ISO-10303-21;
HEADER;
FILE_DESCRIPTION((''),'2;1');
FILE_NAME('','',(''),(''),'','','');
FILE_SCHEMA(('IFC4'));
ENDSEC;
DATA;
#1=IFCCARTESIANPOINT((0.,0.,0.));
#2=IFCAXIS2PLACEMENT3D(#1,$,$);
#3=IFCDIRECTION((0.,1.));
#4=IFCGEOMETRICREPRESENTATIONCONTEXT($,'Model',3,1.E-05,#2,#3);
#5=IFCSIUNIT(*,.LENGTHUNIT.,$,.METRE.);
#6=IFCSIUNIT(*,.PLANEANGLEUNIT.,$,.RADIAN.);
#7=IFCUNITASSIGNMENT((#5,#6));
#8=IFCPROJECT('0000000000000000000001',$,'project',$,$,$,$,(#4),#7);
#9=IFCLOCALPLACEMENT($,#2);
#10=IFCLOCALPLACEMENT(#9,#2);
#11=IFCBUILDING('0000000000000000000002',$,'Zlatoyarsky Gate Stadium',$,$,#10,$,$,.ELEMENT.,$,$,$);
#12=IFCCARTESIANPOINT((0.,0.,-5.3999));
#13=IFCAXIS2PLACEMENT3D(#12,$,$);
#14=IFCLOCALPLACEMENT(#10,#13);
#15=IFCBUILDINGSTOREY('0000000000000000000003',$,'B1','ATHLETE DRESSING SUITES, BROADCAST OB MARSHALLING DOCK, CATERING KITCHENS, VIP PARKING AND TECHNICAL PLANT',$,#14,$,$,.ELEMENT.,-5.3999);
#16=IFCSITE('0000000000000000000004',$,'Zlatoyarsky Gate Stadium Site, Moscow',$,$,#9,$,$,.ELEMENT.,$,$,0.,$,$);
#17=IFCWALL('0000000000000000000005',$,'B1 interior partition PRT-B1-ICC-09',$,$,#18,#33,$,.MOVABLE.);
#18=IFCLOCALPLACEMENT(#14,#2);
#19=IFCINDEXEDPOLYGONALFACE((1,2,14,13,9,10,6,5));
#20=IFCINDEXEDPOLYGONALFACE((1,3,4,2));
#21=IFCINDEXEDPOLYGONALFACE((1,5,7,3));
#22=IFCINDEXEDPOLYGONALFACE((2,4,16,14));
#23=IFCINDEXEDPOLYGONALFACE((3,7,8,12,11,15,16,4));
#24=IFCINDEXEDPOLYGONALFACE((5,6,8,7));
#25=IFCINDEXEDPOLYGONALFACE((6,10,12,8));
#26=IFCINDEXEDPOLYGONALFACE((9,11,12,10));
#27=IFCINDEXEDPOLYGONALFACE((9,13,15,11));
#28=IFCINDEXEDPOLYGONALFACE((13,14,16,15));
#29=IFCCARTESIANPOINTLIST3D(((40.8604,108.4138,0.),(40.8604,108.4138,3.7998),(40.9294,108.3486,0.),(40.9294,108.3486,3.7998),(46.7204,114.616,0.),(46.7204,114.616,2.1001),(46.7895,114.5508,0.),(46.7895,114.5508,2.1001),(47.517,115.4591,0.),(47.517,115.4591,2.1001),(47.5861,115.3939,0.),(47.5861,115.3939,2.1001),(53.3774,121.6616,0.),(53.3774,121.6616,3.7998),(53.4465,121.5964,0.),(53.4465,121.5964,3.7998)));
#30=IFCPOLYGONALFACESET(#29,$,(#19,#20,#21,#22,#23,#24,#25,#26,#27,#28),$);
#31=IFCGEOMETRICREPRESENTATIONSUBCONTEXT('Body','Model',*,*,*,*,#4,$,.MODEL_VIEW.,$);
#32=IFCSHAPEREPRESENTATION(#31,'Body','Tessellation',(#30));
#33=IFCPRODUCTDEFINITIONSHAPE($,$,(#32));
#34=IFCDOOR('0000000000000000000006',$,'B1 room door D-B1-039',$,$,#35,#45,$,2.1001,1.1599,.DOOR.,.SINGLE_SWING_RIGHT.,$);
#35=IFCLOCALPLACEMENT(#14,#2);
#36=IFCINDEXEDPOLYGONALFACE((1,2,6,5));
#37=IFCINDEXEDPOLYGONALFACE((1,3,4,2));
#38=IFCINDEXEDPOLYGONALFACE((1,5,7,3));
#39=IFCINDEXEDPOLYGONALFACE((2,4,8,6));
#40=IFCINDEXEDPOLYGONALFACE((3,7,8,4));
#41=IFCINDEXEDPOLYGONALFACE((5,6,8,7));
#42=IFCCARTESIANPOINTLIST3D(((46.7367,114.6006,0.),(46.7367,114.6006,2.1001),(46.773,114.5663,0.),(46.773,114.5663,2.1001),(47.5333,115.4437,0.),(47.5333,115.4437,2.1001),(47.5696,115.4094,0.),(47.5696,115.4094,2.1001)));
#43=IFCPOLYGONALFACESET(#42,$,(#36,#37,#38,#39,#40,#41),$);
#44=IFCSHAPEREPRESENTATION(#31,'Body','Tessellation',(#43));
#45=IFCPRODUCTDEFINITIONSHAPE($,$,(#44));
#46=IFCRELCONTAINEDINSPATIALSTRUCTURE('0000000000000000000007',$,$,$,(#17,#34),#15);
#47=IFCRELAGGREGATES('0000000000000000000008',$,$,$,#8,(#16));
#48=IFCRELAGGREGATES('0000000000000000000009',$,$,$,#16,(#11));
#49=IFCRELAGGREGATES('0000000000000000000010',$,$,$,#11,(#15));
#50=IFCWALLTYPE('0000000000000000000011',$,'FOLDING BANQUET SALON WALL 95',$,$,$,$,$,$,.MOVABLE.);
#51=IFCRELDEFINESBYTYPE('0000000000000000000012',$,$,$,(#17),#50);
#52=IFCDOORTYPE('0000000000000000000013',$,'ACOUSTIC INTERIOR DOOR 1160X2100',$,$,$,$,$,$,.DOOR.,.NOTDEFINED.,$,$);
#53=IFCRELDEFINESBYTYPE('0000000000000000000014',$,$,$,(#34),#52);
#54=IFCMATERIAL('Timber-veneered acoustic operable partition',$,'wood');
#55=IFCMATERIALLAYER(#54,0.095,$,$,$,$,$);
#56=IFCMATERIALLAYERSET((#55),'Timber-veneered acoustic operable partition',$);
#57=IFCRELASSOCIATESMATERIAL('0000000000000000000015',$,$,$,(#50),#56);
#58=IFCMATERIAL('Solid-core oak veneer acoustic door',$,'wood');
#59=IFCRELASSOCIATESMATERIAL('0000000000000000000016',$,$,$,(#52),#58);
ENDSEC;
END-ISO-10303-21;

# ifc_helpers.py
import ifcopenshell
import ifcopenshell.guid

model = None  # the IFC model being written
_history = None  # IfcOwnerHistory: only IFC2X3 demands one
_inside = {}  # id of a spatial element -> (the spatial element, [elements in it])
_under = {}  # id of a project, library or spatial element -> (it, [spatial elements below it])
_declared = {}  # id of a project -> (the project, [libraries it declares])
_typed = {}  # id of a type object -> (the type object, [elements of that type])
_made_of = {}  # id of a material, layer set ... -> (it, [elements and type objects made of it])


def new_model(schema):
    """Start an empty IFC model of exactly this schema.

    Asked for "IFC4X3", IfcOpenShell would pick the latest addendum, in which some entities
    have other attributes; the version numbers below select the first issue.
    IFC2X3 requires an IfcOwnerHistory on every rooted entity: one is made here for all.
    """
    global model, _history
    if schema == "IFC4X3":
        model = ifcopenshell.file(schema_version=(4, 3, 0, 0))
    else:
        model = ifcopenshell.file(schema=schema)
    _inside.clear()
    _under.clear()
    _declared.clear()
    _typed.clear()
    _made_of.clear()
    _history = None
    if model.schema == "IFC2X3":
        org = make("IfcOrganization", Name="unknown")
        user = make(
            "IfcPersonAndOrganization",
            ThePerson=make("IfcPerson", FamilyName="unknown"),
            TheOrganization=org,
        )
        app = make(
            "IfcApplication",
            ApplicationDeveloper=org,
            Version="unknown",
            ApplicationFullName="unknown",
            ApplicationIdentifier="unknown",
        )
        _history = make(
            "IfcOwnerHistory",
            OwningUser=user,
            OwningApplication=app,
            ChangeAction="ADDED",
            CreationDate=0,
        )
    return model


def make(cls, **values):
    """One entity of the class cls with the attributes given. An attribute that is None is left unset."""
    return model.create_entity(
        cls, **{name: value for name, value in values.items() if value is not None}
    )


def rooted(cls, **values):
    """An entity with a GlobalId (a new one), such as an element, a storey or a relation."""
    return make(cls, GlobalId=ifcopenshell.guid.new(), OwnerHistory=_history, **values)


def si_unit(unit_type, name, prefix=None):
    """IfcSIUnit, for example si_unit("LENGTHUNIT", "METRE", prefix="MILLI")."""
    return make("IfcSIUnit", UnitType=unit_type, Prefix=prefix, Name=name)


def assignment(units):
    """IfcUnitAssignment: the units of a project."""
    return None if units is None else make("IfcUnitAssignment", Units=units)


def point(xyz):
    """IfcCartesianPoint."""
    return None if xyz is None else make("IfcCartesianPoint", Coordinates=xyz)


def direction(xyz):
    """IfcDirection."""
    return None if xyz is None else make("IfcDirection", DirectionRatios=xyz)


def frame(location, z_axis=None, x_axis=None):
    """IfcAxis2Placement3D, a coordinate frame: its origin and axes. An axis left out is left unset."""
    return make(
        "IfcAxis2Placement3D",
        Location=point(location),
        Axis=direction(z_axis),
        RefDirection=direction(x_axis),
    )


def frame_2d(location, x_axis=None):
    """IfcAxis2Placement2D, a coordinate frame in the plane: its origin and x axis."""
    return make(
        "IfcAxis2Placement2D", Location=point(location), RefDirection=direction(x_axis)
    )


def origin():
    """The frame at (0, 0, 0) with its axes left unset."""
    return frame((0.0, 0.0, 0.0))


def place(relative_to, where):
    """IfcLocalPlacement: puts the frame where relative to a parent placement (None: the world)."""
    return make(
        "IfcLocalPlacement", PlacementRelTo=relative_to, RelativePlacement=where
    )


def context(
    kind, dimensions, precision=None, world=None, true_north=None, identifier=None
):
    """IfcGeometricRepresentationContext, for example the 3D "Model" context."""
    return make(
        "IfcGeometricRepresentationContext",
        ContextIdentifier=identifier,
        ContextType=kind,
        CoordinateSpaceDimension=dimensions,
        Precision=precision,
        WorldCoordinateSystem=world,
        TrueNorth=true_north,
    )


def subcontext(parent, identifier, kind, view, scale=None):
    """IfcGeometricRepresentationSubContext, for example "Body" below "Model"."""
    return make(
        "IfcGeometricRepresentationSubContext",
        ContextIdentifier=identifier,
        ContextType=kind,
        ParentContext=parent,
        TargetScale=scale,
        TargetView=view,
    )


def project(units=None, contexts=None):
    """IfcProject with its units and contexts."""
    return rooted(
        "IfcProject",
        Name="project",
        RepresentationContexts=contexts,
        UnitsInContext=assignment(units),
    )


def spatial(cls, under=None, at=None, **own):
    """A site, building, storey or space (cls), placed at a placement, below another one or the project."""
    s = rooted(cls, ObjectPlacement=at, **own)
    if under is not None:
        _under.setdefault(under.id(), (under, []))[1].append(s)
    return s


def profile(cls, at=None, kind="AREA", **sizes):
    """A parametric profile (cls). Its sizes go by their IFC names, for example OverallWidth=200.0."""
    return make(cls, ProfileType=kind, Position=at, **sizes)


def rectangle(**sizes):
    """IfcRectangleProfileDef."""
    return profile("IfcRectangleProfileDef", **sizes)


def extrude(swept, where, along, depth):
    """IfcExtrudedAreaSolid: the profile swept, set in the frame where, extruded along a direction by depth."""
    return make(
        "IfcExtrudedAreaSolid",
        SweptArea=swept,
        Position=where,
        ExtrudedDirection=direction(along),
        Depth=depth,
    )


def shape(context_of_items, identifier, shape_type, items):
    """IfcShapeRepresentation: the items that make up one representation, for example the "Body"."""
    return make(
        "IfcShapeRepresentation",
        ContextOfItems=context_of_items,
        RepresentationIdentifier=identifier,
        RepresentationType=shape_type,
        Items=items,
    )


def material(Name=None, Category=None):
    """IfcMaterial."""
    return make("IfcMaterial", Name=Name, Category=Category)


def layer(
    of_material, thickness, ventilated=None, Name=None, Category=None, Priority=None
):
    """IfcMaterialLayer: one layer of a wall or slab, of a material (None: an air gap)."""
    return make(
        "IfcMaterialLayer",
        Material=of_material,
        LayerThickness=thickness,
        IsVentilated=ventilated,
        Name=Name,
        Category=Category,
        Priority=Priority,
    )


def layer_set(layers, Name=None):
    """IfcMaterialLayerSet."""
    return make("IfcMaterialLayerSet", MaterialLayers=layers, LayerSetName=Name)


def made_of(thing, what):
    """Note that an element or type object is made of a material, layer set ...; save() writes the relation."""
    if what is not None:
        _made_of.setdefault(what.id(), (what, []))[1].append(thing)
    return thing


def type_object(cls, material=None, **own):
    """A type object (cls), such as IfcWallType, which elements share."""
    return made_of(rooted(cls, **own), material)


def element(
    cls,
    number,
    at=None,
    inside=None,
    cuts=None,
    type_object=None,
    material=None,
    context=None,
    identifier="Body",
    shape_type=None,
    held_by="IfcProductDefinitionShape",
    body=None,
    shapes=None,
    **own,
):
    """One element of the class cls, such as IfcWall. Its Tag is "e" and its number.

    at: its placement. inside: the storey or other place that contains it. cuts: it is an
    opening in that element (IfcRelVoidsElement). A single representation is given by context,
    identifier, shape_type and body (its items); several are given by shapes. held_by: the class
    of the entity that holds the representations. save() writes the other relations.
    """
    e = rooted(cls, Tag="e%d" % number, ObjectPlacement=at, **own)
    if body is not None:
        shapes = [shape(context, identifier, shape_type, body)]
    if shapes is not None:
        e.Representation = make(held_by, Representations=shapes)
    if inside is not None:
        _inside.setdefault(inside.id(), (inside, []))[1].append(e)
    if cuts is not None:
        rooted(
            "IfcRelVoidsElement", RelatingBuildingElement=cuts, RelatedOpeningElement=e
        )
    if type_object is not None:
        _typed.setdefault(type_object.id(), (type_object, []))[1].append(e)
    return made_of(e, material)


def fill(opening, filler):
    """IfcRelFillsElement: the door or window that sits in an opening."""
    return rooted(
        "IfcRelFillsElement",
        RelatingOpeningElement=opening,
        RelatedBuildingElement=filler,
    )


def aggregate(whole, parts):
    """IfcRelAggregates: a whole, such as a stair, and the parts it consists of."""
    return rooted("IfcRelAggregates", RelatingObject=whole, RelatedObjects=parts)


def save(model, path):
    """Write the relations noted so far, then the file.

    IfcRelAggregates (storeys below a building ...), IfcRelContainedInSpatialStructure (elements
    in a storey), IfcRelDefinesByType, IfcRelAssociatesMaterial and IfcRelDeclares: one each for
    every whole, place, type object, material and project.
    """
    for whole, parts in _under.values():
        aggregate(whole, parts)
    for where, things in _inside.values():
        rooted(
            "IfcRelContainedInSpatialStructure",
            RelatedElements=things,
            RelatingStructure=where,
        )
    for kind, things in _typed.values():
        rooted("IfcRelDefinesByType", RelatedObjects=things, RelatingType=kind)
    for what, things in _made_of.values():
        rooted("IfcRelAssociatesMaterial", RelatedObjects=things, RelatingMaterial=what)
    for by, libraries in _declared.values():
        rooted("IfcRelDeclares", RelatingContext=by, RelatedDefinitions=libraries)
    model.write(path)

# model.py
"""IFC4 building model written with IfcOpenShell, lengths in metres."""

from ifc_helpers import new_model, si_unit, direction, frame, frame_2d, origin, place, context, subcontext, project, spatial, rectangle, extrude, material, layer, layer_set, type_object, element, fill, save


model = new_model("IFC4")

# Units and contexts
model_context = context("Model", 3, precision=1e-05, world=origin(), true_north=direction((0.0, 1.0)))
body_context = subcontext(model_context, "Body", "Model", "MODEL_VIEW")
ifc_project = project(units=[si_unit("LENGTHUNIT", "METRE"), si_unit("PLANEANGLEUNIT", "RADIAN")], contexts=[model_context])

# Site, building, storey
site_placement = place(None, origin())
site = spatial("IfcSite", under=ifc_project, at=site_placement, Name="Zlatoyarsky Gate Stadium Site, Moscow", CompositionType="ELEMENT", RefElevation=0.0)
building_placement = place(site_placement, origin())
building = spatial("IfcBuilding", under=site, at=building_placement, Name="Zlatoyarsky Gate Stadium", CompositionType="ELEMENT")
storey_placement = place(building_placement, frame((0.0, 0.0, -5.3999)))
storey = spatial("IfcBuildingStorey", under=building, at=storey_placement, Name="B1", Description="ATHLETE DRESSING SUITES, BROADCAST OB MARSHALLING DOCK, CATERING KITCHENS, VIP PARKING AND TECHNICAL PLANT", CompositionType="ELEMENT", Elevation=-5.3999)

# Wall, opening, door
ifc_material_1 = material(Name="Timber-veneered acoustic operable partition", Category="wood")
ifc_layer_1 = layer(ifc_material_1, 0.095)
ifc_layer_set_1 = layer_set([ifc_layer_1], Name="Timber-veneered acoustic operable partition")
wall_type_1 = type_object("IfcWallType", Name="FOLDING BANQUET SALON WALL 95", PredefinedType="MOVABLE", material=ifc_layer_set_1)
wall_1_placement = place(storey_placement, frame((53.4119, 121.6289, 0.0), z_axis=(0.0, 0.0, 1.0), x_axis=(-0.686777, -0.726869, 0.0)))
wall_1 = element("IfcWall", 1, at=wall_1_placement, inside=storey, type_object=wall_type_1, Name="B1 interior partition PRT-B1-ICC-09", PredefinedType="MOVABLE", context=body_context, shape_type="SweptSolid", body=[
    extrude(rectangle(XDim=18.2258, YDim=0.095, at=frame_2d((9.1128, 0.0))), origin(), (0.0, 0.0, 1.0), 3.7998),
])
opening_1_placement = place(wall_1_placement, frame((8.533, 0.0, 0.0)))
opening_1 = element("IfcOpeningElement", 2, at=opening_1_placement, cuts=wall_1, PredefinedType="OPENING", context=body_context, shape_type="SweptSolid", body=[
    extrude(rectangle(XDim=1.1599, YDim=2.1001, at=frame_2d((0.5801, 1.05))), frame((0.0, 0.0574, 0.0), z_axis=(0.0, -1.0, 0.0), x_axis=(1.0, 0.0, 0.0)), (0.0, 0.0, 1.0), 0.115),
])
ifc_material_2 = material(Name="Solid-core oak veneer acoustic door", Category="wood")
door_type_1 = type_object("IfcDoorType", Name="ACOUSTIC INTERIOR DOOR 1160X2100", OperationType="NOTDEFINED", PredefinedType="DOOR", material=ifc_material_2)
door_1_placement = place(opening_1_placement, origin())
door_1 = element("IfcDoor", 3, at=door_1_placement, inside=storey, type_object=door_type_1, Name="B1 room door D-B1-039", OperationType="SINGLE_SWING_RIGHT", OverallHeight=2.1001, OverallWidth=1.1599, PredefinedType="DOOR", context=body_context, shape_type="SweptSolid", body=[
    extrude(rectangle(XDim=1.1599, YDim=2.1001, at=frame_2d((0.5801, 1.05))), frame((0.0, 0.0249, 0.0), z_axis=(0.0, -1.0, 0.0), x_axis=(1.0, 0.0, 0.0)), (0.0, 0.0, 1.0), 0.05),
])
fill(opening_1, door_1)

save(model, "model.ifc")
